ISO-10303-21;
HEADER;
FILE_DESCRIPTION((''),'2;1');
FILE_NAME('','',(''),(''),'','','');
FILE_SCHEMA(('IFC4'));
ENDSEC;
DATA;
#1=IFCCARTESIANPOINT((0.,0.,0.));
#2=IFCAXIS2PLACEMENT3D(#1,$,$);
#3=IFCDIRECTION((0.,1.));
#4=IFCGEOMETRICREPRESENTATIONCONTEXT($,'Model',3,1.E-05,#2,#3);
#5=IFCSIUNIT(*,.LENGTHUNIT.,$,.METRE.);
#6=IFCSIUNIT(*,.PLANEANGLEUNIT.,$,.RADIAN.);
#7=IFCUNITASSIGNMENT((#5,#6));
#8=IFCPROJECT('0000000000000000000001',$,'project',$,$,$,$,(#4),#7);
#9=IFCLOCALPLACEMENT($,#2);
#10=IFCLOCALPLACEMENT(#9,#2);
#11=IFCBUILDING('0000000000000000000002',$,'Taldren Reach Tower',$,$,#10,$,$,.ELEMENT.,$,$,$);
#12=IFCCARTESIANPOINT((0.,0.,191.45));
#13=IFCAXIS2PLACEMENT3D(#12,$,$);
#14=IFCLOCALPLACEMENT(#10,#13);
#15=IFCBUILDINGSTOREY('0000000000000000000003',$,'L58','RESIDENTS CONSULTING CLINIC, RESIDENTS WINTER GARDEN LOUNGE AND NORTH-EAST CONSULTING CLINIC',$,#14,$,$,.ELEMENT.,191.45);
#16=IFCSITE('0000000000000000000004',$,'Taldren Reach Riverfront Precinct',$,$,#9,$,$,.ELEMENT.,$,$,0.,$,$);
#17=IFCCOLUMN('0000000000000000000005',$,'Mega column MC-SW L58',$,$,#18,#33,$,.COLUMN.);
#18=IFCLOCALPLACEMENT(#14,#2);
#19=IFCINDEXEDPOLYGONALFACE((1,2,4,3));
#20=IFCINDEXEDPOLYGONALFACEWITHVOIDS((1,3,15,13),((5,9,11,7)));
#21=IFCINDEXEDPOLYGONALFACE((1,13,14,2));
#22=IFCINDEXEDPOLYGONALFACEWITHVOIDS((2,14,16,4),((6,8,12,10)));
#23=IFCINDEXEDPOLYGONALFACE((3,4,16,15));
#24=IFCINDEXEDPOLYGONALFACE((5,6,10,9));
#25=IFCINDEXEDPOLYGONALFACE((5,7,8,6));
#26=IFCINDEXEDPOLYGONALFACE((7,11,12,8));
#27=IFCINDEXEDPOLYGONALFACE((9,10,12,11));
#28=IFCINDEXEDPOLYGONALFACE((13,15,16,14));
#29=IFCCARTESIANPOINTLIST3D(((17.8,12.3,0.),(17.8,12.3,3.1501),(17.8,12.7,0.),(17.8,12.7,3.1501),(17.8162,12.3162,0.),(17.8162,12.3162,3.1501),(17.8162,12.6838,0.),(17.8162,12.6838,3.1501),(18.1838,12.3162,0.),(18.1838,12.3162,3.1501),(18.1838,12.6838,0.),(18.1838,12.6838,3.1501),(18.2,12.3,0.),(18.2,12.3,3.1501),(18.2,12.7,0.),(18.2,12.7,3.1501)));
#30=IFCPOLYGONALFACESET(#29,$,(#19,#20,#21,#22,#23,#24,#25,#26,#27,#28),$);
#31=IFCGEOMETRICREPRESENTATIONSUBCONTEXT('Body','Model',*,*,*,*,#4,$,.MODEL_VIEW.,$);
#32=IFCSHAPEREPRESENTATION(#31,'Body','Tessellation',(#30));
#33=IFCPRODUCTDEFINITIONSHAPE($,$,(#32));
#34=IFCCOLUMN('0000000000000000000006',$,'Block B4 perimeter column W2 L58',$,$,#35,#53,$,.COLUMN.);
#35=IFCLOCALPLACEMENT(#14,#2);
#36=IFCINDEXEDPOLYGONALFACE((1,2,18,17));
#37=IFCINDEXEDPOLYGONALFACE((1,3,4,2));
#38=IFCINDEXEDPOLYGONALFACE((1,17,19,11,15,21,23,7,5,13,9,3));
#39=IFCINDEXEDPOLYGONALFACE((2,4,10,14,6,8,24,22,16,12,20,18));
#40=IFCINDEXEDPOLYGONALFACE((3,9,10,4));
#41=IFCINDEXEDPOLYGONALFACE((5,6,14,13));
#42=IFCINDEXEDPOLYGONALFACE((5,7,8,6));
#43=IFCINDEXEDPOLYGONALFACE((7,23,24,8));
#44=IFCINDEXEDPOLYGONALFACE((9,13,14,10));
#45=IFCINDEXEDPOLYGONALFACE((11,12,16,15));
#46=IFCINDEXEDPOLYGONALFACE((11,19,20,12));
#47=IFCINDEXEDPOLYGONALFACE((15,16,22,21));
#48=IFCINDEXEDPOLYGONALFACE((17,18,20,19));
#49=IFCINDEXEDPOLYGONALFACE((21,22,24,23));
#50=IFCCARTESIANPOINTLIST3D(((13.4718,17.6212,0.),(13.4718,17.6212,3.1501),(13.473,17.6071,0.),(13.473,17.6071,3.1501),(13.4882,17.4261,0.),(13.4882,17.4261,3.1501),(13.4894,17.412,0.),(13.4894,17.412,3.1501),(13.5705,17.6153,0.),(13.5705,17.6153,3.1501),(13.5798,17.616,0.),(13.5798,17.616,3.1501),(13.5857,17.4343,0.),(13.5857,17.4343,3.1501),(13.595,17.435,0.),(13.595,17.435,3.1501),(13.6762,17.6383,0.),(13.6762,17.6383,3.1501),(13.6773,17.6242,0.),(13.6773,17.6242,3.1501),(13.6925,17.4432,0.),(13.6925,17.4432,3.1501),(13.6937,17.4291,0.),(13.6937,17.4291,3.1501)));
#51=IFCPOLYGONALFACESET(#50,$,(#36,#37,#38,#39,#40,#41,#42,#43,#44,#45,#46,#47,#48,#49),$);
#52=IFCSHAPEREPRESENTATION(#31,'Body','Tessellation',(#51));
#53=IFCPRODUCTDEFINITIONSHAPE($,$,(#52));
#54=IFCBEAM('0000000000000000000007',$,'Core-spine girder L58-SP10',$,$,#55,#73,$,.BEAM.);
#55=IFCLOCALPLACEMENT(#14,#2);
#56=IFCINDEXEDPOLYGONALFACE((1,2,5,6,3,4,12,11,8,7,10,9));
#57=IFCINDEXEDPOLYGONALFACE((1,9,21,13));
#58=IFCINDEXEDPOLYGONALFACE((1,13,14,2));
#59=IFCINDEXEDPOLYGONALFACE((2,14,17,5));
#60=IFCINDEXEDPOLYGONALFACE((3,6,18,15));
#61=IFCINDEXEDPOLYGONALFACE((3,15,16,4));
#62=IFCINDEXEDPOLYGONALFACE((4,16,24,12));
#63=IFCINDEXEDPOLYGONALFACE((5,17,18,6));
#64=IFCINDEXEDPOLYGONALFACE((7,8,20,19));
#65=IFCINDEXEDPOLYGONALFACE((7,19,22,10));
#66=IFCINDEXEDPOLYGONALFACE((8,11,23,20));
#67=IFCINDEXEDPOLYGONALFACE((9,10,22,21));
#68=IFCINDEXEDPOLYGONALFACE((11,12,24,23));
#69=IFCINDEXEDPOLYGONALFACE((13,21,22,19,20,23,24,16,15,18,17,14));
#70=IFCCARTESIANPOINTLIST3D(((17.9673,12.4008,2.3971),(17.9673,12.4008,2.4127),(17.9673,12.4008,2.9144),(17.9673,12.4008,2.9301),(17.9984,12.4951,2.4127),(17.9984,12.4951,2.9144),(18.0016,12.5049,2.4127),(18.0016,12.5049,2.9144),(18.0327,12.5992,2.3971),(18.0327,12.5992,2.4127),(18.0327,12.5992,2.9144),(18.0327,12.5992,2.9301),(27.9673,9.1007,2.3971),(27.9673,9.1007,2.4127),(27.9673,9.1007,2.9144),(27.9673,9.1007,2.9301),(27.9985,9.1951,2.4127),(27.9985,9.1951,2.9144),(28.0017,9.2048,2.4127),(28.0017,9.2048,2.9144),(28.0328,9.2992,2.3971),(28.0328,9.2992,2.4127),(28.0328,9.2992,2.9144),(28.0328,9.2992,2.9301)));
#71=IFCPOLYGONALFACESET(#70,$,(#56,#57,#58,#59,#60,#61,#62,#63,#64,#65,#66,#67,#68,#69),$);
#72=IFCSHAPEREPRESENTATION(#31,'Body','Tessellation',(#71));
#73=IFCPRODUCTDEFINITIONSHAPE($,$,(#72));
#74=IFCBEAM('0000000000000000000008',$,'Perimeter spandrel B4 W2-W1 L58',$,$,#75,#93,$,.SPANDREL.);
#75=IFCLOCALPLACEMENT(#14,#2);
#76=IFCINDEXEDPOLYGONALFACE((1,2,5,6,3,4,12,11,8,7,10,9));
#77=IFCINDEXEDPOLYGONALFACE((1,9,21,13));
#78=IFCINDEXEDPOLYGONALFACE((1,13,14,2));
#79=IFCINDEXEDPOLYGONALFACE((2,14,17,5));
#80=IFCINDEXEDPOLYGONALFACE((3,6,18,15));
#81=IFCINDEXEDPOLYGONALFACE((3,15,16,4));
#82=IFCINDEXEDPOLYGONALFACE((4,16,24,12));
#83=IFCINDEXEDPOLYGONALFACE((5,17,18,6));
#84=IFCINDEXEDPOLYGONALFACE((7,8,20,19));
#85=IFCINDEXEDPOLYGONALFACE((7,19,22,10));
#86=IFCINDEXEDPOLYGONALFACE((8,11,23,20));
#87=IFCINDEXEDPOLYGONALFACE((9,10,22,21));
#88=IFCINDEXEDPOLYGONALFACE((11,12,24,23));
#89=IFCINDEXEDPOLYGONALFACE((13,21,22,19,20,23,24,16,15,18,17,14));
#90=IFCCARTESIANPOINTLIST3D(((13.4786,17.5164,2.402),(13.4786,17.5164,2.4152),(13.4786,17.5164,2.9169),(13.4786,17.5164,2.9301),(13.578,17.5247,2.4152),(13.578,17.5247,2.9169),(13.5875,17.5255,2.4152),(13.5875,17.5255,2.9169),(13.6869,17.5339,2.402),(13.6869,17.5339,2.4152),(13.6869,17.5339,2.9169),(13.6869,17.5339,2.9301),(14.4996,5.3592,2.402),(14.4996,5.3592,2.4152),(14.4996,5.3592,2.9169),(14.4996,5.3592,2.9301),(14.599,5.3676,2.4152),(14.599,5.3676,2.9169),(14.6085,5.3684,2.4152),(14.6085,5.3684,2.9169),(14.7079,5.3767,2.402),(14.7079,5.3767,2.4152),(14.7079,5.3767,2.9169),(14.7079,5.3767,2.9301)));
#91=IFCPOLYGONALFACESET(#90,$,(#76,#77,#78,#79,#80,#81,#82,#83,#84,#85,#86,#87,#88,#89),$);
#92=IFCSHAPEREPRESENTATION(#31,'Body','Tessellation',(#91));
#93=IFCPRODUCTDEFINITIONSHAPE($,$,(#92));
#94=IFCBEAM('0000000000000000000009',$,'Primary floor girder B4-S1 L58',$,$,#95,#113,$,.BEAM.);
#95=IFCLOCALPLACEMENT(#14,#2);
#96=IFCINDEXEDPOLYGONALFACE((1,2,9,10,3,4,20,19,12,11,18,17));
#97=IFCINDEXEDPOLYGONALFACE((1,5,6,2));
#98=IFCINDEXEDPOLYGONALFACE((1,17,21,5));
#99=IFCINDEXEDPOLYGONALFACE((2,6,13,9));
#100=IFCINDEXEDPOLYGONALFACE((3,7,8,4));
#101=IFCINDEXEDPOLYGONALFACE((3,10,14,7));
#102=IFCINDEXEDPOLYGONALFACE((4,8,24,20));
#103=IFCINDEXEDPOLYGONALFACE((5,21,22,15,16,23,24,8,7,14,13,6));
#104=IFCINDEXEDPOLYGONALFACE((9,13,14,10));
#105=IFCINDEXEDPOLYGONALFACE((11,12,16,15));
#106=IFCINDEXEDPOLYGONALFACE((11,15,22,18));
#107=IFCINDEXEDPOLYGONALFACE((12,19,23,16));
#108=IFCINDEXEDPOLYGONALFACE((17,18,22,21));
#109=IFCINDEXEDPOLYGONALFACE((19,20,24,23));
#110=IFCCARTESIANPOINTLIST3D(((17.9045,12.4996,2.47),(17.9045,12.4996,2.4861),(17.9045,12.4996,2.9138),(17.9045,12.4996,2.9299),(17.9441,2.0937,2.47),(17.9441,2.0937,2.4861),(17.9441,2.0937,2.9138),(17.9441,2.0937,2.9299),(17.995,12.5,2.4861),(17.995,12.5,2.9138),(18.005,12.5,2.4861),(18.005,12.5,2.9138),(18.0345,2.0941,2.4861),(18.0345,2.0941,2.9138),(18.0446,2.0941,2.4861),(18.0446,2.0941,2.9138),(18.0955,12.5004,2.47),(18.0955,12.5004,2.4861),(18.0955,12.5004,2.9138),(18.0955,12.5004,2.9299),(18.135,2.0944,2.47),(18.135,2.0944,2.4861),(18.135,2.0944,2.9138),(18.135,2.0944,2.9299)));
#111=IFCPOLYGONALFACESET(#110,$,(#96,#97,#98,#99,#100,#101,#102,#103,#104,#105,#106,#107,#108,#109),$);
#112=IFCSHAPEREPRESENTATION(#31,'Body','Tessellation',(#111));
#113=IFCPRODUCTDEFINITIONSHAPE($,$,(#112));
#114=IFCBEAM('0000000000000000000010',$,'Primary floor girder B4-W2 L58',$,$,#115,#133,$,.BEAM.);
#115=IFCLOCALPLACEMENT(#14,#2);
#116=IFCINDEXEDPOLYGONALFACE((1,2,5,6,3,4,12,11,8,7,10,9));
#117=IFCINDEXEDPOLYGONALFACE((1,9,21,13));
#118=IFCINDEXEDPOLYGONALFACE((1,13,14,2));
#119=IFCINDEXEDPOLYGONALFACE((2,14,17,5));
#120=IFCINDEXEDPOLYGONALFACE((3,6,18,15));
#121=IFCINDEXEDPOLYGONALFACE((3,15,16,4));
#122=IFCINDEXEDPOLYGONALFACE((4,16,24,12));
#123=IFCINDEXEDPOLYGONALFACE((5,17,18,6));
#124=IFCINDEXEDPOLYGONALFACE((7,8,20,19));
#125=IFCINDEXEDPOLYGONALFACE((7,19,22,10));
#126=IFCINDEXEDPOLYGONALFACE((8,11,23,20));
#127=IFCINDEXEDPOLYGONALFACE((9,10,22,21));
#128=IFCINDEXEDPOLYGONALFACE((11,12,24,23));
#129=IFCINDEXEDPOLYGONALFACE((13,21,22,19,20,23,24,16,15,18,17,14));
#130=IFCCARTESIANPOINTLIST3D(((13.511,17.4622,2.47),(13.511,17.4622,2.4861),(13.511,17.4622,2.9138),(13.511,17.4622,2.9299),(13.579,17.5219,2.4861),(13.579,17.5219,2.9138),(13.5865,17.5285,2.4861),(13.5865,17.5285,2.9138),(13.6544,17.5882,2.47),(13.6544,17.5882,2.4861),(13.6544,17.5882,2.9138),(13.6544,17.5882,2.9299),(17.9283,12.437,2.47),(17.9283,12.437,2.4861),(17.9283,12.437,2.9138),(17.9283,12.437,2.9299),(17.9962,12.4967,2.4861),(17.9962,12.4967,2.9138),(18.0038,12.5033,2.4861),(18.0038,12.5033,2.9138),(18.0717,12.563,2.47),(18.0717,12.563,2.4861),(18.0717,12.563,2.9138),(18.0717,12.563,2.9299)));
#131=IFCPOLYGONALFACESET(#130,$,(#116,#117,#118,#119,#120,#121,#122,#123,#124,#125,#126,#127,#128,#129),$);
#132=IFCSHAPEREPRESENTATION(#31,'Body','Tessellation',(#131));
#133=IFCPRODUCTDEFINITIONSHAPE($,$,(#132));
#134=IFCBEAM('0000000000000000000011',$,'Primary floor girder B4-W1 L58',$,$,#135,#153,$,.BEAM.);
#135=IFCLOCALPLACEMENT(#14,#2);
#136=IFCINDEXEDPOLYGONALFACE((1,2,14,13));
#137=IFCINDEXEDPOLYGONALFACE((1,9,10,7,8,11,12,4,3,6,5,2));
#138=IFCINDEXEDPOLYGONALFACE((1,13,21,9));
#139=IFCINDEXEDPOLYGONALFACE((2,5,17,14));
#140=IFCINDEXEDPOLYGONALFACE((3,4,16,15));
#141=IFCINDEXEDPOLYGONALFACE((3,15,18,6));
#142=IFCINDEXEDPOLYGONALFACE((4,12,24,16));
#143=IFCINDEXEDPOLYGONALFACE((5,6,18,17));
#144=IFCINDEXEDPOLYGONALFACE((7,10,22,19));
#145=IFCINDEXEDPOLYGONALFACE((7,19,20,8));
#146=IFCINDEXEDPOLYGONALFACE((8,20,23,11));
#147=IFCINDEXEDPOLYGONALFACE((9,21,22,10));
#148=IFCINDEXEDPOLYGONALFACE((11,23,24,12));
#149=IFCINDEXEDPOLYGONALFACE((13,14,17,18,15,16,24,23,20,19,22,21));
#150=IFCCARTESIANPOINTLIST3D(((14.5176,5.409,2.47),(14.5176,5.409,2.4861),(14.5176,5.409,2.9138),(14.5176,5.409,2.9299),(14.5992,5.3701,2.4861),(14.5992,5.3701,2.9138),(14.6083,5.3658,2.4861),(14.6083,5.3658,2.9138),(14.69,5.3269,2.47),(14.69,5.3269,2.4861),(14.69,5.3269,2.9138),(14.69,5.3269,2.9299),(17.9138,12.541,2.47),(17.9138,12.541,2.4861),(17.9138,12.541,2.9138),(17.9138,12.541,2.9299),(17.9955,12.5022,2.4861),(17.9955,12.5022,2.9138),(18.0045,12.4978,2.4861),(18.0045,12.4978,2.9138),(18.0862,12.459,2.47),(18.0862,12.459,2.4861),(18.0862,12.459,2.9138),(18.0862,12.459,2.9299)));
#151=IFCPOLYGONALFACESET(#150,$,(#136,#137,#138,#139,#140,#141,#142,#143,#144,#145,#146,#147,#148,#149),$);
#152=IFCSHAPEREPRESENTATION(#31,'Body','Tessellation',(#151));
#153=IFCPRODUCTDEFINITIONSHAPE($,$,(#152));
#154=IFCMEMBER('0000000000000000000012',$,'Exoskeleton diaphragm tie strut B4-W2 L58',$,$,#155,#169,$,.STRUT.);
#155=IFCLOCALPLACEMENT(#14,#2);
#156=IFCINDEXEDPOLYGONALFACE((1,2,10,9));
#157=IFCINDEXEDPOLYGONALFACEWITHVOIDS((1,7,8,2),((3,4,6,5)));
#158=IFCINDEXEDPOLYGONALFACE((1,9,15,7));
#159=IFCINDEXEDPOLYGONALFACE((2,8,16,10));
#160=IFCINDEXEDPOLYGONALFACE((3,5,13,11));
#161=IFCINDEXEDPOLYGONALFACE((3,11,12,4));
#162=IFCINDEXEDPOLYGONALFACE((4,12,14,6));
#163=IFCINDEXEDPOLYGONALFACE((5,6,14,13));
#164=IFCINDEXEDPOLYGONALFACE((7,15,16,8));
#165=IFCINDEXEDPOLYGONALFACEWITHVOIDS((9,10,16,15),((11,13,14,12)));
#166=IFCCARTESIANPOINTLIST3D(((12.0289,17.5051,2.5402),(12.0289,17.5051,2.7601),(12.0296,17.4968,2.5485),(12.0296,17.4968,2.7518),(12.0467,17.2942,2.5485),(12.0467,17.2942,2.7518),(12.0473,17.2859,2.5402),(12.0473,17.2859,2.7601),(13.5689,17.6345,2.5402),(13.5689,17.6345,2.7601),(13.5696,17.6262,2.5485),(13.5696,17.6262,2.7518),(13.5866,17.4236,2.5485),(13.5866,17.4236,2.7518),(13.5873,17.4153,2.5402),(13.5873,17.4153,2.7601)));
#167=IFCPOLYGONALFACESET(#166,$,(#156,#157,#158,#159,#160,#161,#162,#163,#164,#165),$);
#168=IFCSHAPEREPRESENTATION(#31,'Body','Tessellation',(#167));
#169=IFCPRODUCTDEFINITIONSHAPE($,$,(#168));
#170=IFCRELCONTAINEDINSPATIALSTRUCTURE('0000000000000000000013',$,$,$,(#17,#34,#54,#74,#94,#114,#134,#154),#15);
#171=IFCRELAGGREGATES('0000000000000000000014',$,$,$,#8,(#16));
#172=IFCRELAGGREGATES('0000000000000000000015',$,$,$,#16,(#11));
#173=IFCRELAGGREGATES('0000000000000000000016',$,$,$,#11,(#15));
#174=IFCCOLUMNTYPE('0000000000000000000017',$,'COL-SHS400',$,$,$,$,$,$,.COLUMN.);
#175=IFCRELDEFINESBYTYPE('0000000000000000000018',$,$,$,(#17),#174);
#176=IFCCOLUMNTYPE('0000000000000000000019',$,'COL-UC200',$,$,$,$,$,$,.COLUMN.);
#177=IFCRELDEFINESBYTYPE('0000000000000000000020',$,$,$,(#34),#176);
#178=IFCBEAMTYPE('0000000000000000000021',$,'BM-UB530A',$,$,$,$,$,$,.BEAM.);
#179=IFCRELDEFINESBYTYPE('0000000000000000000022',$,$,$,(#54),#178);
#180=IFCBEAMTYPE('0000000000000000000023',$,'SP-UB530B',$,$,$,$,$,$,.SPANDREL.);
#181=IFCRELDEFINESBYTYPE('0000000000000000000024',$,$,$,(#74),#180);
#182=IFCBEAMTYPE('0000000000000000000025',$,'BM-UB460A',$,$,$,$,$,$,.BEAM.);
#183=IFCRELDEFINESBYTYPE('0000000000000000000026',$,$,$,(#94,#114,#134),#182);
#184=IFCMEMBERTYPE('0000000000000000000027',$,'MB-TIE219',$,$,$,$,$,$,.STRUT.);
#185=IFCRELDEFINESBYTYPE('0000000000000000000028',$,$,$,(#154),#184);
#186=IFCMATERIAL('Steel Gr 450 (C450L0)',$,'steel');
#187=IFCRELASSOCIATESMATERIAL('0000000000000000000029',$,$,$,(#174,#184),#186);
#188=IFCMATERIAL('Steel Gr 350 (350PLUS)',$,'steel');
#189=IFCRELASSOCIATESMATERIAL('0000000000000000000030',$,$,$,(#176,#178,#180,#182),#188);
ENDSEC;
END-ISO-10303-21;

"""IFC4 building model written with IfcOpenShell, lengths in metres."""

from ifc_helpers import new_model, si_unit, direction, frame, origin, origin_2d, place, context, subcontext, project, spatial, hollow_rectangle, i_section, extrude, source, transform, mapped, material, material_profile, profile_set, type_object, element, save


model = new_model("IFC4")

# Units and contexts
model_context = context("Model", 3, precision=1e-05, world=origin(), true_north=direction((0.0, 1.0)))
body_context = subcontext(model_context, "Body", "Model", "MODEL_VIEW")
ifc_project = project(units=[si_unit("LENGTHUNIT", "METRE"), si_unit("PLANEANGLEUNIT", "RADIAN")], contexts=[model_context])

# Site, building, storey
site_placement = place(None, origin())
site = spatial("IfcSite", under=ifc_project, at=site_placement, Name="Taldren Reach Riverfront Precinct", CompositionType="ELEMENT", RefElevation=0.0)
building_placement = place(site_placement, origin())
building = spatial("IfcBuilding", under=site, at=building_placement, Name="Taldren Reach Tower", CompositionType="ELEMENT")
storey_placement = place(building_placement, frame((0.0, 0.0, 191.45)))
storey = spatial("IfcBuildingStorey", under=building, at=storey_placement, Name="L58", Description="RESIDENTS CONSULTING CLINIC, RESIDENTS WINTER GARDEN LOUNGE AND NORTH-EAST CONSULTING CLINIC", CompositionType="ELEMENT", Elevation=191.45)

# Columns
ifc_material_1 = material(Name="Steel Gr 450 (C450L0)", Category="steel")
ifc_material_profile_1 = material_profile(ifc_material_1, hollow_rectangle(XDim=0.3999, YDim=0.3999, WallThickness=0.0161, at=origin_2d()), Name="400x400x16.0SHS")
ifc_profile_set_1 = profile_set([ifc_material_profile_1], Name="Steel Gr 450 (C450L0)")
column_type_1 = type_object("IfcColumnType", Name="COL-SHS400", PredefinedType="COLUMN", material=ifc_profile_set_1)
shared_shape_1 = source(origin(), body_context, "Body", "SweptSolid", [
    extrude(hollow_rectangle(XDim=0.3999, YDim=0.3999, WallThickness=0.0161, at=origin_2d()), origin(), (0.0, 0.0, 1.0), 3.1501),
])
column_1_placement = place(storey_placement, frame((18.0, 12.5, 0.0), z_axis=(0.0, 0.0, 1.0), x_axis=(1.0, 0.0, 0.0)))
element("IfcColumn", 1, at=column_1_placement, inside=storey, type_object=column_type_1, Name="Mega column MC-SW L58", PredefinedType="COLUMN", context=body_context, shape_type="MappedRepresentation", body=[
    mapped(shared_shape_1, transform((0.0, 0.0, 0.0), scale=1.0)),
])
ifc_material_2 = material(Name="Steel Gr 350 (350PLUS)", Category="steel")
ifc_material_profile_2 = material_profile(ifc_material_2, i_section(OverallWidth=0.2051, OverallDepth=0.21, WebThickness=0.0093, FlangeThickness=0.0142, at=origin_2d()), Name="200UC59.5")
ifc_profile_set_2 = profile_set([ifc_material_profile_2], Name="Steel Gr 350 (350PLUS)")
column_type_2 = type_object("IfcColumnType", Name="COL-UC200", PredefinedType="COLUMN", material=ifc_profile_set_2)
shared_shape_2 = source(origin(), body_context, "Body", "SweptSolid", [
    extrude(i_section(OverallWidth=0.2051, OverallDepth=0.21, WebThickness=0.0093, FlangeThickness=0.0142, at=origin_2d()), origin(), (0.0, 0.0, 1.0), 3.1501),
])
column_2_placement = place(storey_placement, frame((13.5828, 17.5251, 0.0), z_axis=(0.0, 0.0, 1.0), x_axis=(0.996493, 0.083678, 0.0)))
element("IfcColumn", 2, at=column_2_placement, inside=storey, type_object=column_type_2, Name="Block B4 perimeter column W2 L58", PredefinedType="COLUMN", context=body_context, shape_type="MappedRepresentation", body=[
    mapped(shared_shape_2, transform((0.0, 0.0, 0.0), scale=1.0)),
])

# Beams
ifc_material_profile_3 = material_profile(ifc_material_2, i_section(OverallWidth=0.209, OverallDepth=0.533, WebThickness=0.0103, FlangeThickness=0.0156, at=origin_2d()), Name="530UB92.4")
ifc_profile_set_3 = profile_set([ifc_material_profile_3], Name="Steel Gr 350 (350PLUS)")
beam_type_1 = type_object("IfcBeamType", Name="BM-UB530A", PredefinedType="BEAM", material=ifc_profile_set_3)
shared_shape_3 = source(origin(), body_context, "Body", "SweptSolid", [
    extrude(i_section(OverallWidth=0.209, OverallDepth=0.533, WebThickness=0.0103, FlangeThickness=0.0156, at=origin_2d()), origin(), (0.0, 0.0, 1.0), 10.5305),
])
beam_1_placement = place(storey_placement, frame((18.0, 12.5, 2.6636), z_axis=(0.949627, -0.313382, 0.0), x_axis=(0.313382, 0.949627, 0.0)))
element("IfcBeam", 3, at=beam_1_placement, inside=storey, type_object=beam_type_1, Name="Core-spine girder L58-SP10", PredefinedType="BEAM", context=body_context, shape_type="MappedRepresentation", body=[
    mapped(shared_shape_3, transform((0.0, 0.0, 0.0), scale=1.0)),
])
ifc_material_profile_4 = material_profile(ifc_material_2, i_section(OverallWidth=0.209, OverallDepth=0.5281, WebThickness=0.0095, FlangeThickness=0.0132, at=origin_2d()), Name="530UB82.0")
ifc_profile_set_4 = profile_set([ifc_material_profile_4], Name="Steel Gr 350 (350PLUS)")
beam_type_2 = type_object("IfcBeamType", Name="SP-UB530B", PredefinedType="SPANDREL", material=ifc_profile_set_4)
shared_shape_4 = source(origin(), body_context, "Body", "SweptSolid", [
    extrude(i_section(OverallWidth=0.209, OverallDepth=0.5281, WebThickness=0.0095, FlangeThickness=0.0132, at=origin_2d()), origin(), (0.0, 0.0, 1.0), 12.2),
])
beam_2_placement = place(storey_placement, frame((13.5828, 17.5251, 2.666), z_axis=(0.083688, -0.996492, 0.0), x_axis=(0.996492, 0.083688, 0.0)))
element("IfcBeam", 4, at=beam_2_placement, inside=storey, type_object=beam_type_2, Name="Perimeter spandrel B4 W2-W1 L58", PredefinedType="SPANDREL", context=body_context, shape_type="MappedRepresentation", body=[
    mapped(shared_shape_4, transform((0.0, 0.0, 0.0), scale=1.0)),
])
ifc_material_profile_5 = material_profile(ifc_material_2, i_section(OverallWidth=0.1909, OverallDepth=0.46, WebThickness=0.01, FlangeThickness=0.0161, at=origin_2d()), Name="460UB82.1")
ifc_profile_set_5 = profile_set([ifc_material_profile_5], Name="Steel Gr 350 (350PLUS)")
beam_type_3 = type_object("IfcBeamType", Name="BM-UB460A", PredefinedType="BEAM", material=ifc_profile_set_5)
shared_shape_5 = source(origin(), body_context, "Body", "SweptSolid", [
    extrude(i_section(OverallWidth=0.1909, OverallDepth=0.46, WebThickness=0.01, FlangeThickness=0.0161, at=origin_2d()), origin(), (0.0, 0.0, 1.0), 10.406),
])
beam_3_placement = place(storey_placement, frame((18.0, 12.5, 2.7), z_axis=(0.003801, -0.999993, 0.0), x_axis=(0.999993, 0.003801, 0.0)))
element("IfcBeam", 5, at=beam_3_placement, inside=storey, type_object=beam_type_3, Name="Primary floor girder B4-S1 L58", PredefinedType="BEAM", context=body_context, shape_type="MappedRepresentation", body=[
    mapped(shared_shape_5, transform((0.0, 0.0, 0.0), scale=1.0)),
])
shared_shape_6 = source(origin(), body_context, "Body", "SweptSolid", [
    extrude(i_section(OverallWidth=0.1909, OverallDepth=0.46, WebThickness=0.01, FlangeThickness=0.0161, at=origin_2d()), origin(), (0.0, 0.0, 1.0), 6.6907),
])
beam_4_placement = place(storey_placement, frame((18.0, 12.5, 2.7), z_axis=(-0.660216, 0.751076, 0.0), x_axis=(-0.751076, -0.660216, 0.0)))
element("IfcBeam", 6, at=beam_4_placement, inside=storey, type_object=beam_type_3, Name="Primary floor girder B4-W2 L58", PredefinedType="BEAM", context=body_context, shape_type="MappedRepresentation", body=[
    mapped(shared_shape_6, transform((0.0, 0.0, 0.0), scale=1.0)),
])
shared_shape_7 = source(origin(), body_context, "Body", "SweptSolid", [
    extrude(i_section(OverallWidth=0.1909, OverallDepth=0.46, WebThickness=0.01, FlangeThickness=0.0161, at=origin_2d()), origin(), (0.0, 0.0, 1.0), 7.8994),
])
beam_5_placement = place(storey_placement, frame((18.0, 12.5, 2.7), z_axis=(-0.429935, -0.90286, 0.0), x_axis=(0.90286, -0.429935, 0.0)))
element("IfcBeam", 7, at=beam_5_placement, inside=storey, type_object=beam_type_3, Name="Primary floor girder B4-W1 L58", PredefinedType="BEAM", context=body_context, shape_type="MappedRepresentation", body=[
    mapped(shared_shape_7, transform((0.0, 0.0, 0.0), scale=1.0)),
])

# Member
ifc_material_profile_6 = material_profile(ifc_material_1, hollow_rectangle(XDim=0.22, YDim=0.22, WallThickness=0.0083, at=origin_2d()), Name="220x220x8.2SHS")
ifc_profile_set_6 = profile_set([ifc_material_profile_6], Name="Steel Gr 450 (C450L0)")
member_type_1 = type_object("IfcMemberType", Name="MB-TIE219", PredefinedType="STRUT", material=ifc_profile_set_6)
shared_shape_8 = source(origin(), body_context, "Body", "SweptSolid", [
    extrude(hollow_rectangle(XDim=0.22, YDim=0.22, WallThickness=0.0083, at=origin_2d()), origin(), (0.0, 0.0, 1.0), 1.5454),
])
member_1_placement = place(storey_placement, frame((13.5781, 17.5249, 2.6501), z_axis=(-0.996489, -0.083725, 0.0), x_axis=(0.083725, -0.996489, 0.0)))
element("IfcMember", 8, at=member_1_placement, inside=storey, type_object=member_type_1, Name="Exoskeleton diaphragm tie strut B4-W2 L58", PredefinedType="STRUT", context=body_context, shape_type="MappedRepresentation", body=[
    mapped(shared_shape_8, transform((0.0, 0.0, 0.0), scale=1.0)),
])

save(model, "model.ifc")
